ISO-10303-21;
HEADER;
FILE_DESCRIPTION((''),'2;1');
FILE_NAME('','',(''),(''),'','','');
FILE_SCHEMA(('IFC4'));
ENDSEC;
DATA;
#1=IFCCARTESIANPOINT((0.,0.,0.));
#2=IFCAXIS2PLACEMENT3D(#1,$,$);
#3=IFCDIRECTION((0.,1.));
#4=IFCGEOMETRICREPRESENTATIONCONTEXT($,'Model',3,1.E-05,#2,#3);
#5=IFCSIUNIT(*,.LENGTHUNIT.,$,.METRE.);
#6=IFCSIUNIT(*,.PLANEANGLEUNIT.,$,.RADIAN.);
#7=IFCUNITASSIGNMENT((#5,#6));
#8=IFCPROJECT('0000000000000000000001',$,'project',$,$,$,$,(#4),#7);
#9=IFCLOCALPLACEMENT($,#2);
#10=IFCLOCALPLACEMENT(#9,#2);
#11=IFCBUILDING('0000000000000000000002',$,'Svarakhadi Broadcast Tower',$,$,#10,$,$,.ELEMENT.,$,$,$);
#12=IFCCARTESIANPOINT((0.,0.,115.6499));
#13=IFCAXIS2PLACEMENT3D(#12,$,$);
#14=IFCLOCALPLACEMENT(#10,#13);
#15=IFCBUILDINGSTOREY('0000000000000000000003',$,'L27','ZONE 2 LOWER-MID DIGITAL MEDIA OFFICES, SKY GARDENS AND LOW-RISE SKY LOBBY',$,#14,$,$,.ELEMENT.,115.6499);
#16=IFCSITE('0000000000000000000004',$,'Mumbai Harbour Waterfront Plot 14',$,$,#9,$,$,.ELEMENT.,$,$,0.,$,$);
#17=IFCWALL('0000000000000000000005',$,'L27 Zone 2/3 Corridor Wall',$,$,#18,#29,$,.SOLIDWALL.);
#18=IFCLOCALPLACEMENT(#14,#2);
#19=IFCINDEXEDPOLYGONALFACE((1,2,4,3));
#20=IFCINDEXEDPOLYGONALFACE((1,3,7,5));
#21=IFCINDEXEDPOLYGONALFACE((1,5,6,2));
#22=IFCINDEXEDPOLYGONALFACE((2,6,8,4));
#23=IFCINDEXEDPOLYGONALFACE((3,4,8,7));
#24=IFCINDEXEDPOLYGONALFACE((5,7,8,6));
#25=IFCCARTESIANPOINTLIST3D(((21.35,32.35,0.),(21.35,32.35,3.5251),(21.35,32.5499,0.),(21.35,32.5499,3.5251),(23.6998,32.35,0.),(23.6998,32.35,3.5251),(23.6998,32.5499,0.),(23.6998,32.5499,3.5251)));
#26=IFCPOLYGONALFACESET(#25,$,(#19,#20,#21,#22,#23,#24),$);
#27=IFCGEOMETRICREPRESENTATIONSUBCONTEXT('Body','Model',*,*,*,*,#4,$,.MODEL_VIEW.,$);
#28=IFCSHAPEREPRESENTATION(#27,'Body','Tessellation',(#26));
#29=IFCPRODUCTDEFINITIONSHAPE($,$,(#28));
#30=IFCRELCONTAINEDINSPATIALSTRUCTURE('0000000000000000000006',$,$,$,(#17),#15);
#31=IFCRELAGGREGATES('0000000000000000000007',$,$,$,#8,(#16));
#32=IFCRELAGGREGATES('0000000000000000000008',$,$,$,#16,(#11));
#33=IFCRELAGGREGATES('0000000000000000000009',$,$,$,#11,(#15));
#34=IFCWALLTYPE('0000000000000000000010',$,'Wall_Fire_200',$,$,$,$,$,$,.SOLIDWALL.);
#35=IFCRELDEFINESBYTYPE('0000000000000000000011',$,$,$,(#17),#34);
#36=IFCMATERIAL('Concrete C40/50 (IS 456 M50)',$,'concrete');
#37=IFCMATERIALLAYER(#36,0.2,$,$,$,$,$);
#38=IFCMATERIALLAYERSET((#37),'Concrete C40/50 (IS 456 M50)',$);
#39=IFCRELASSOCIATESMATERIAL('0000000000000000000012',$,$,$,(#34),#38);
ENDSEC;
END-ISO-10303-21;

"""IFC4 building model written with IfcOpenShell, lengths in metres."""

from ifc_helpers import new_model, si_unit, direction, frame, frame_2d, origin, place, context, subcontext, project, spatial, rectangle, extrude, material, layer, layer_set, type_object, element, save


model = new_model("IFC4")

# Units and contexts
model_context = context("Model", 3, precision=1e-05, world=origin(), true_north=direction((0.0, 1.0)))
body_context = subcontext(model_context, "Body", "Model", "MODEL_VIEW")
ifc_project = project(units=[si_unit("LENGTHUNIT", "METRE"), si_unit("PLANEANGLEUNIT", "RADIAN")], contexts=[model_context])

# Site, building, storey
site_placement = place(None, origin())
site = spatial("IfcSite", under=ifc_project, at=site_placement, Name="Mumbai Harbour Waterfront Plot 14", CompositionType="ELEMENT", RefElevation=0.0)
building_placement = place(site_placement, origin())
building = spatial("IfcBuilding", under=site, at=building_placement, Name="Svarakhadi Broadcast Tower", CompositionType="ELEMENT")
storey_placement = place(building_placement, frame((0.0, 0.0, 115.6499)))
storey = spatial("IfcBuildingStorey", under=building, at=storey_placement, Name="L27", Description="ZONE 2 LOWER-MID DIGITAL MEDIA OFFICES, SKY GARDENS AND LOW-RISE SKY LOBBY", CompositionType="ELEMENT", Elevation=115.6499)

# Shared definitions
ifc_material_1 = material(Name="Concrete C40/50 (IS 456 M50)", Category="concrete")
ifc_layer_1 = layer(ifc_material_1, 0.2)
ifc_layer_set_1 = layer_set([ifc_layer_1], Name="Concrete C40/50 (IS 456 M50)")
wall_type_1 = type_object("IfcWallType", Name="Wall_Fire_200", PredefinedType="SOLIDWALL", material=ifc_layer_set_1)

# Wall
wall_1_placement = place(storey_placement, frame((21.3501, 32.45, 0.0), z_axis=(0.0, 0.0, 1.0), x_axis=(1.0, 0.0, 0.0)))
element("IfcWall", 1, at=wall_1_placement, inside=storey, type_object=wall_type_1, Name="L27 Zone 2/3 Corridor Wall", PredefinedType="SOLIDWALL", context=body_context, shape_type="SweptSolid", body=[
    extrude(rectangle(XDim=2.3499, YDim=0.2, at=frame_2d((1.1748, 0.0))), origin(), (0.0, 0.0, 1.0), 3.5251),
])

save(model, "model.ifc")
